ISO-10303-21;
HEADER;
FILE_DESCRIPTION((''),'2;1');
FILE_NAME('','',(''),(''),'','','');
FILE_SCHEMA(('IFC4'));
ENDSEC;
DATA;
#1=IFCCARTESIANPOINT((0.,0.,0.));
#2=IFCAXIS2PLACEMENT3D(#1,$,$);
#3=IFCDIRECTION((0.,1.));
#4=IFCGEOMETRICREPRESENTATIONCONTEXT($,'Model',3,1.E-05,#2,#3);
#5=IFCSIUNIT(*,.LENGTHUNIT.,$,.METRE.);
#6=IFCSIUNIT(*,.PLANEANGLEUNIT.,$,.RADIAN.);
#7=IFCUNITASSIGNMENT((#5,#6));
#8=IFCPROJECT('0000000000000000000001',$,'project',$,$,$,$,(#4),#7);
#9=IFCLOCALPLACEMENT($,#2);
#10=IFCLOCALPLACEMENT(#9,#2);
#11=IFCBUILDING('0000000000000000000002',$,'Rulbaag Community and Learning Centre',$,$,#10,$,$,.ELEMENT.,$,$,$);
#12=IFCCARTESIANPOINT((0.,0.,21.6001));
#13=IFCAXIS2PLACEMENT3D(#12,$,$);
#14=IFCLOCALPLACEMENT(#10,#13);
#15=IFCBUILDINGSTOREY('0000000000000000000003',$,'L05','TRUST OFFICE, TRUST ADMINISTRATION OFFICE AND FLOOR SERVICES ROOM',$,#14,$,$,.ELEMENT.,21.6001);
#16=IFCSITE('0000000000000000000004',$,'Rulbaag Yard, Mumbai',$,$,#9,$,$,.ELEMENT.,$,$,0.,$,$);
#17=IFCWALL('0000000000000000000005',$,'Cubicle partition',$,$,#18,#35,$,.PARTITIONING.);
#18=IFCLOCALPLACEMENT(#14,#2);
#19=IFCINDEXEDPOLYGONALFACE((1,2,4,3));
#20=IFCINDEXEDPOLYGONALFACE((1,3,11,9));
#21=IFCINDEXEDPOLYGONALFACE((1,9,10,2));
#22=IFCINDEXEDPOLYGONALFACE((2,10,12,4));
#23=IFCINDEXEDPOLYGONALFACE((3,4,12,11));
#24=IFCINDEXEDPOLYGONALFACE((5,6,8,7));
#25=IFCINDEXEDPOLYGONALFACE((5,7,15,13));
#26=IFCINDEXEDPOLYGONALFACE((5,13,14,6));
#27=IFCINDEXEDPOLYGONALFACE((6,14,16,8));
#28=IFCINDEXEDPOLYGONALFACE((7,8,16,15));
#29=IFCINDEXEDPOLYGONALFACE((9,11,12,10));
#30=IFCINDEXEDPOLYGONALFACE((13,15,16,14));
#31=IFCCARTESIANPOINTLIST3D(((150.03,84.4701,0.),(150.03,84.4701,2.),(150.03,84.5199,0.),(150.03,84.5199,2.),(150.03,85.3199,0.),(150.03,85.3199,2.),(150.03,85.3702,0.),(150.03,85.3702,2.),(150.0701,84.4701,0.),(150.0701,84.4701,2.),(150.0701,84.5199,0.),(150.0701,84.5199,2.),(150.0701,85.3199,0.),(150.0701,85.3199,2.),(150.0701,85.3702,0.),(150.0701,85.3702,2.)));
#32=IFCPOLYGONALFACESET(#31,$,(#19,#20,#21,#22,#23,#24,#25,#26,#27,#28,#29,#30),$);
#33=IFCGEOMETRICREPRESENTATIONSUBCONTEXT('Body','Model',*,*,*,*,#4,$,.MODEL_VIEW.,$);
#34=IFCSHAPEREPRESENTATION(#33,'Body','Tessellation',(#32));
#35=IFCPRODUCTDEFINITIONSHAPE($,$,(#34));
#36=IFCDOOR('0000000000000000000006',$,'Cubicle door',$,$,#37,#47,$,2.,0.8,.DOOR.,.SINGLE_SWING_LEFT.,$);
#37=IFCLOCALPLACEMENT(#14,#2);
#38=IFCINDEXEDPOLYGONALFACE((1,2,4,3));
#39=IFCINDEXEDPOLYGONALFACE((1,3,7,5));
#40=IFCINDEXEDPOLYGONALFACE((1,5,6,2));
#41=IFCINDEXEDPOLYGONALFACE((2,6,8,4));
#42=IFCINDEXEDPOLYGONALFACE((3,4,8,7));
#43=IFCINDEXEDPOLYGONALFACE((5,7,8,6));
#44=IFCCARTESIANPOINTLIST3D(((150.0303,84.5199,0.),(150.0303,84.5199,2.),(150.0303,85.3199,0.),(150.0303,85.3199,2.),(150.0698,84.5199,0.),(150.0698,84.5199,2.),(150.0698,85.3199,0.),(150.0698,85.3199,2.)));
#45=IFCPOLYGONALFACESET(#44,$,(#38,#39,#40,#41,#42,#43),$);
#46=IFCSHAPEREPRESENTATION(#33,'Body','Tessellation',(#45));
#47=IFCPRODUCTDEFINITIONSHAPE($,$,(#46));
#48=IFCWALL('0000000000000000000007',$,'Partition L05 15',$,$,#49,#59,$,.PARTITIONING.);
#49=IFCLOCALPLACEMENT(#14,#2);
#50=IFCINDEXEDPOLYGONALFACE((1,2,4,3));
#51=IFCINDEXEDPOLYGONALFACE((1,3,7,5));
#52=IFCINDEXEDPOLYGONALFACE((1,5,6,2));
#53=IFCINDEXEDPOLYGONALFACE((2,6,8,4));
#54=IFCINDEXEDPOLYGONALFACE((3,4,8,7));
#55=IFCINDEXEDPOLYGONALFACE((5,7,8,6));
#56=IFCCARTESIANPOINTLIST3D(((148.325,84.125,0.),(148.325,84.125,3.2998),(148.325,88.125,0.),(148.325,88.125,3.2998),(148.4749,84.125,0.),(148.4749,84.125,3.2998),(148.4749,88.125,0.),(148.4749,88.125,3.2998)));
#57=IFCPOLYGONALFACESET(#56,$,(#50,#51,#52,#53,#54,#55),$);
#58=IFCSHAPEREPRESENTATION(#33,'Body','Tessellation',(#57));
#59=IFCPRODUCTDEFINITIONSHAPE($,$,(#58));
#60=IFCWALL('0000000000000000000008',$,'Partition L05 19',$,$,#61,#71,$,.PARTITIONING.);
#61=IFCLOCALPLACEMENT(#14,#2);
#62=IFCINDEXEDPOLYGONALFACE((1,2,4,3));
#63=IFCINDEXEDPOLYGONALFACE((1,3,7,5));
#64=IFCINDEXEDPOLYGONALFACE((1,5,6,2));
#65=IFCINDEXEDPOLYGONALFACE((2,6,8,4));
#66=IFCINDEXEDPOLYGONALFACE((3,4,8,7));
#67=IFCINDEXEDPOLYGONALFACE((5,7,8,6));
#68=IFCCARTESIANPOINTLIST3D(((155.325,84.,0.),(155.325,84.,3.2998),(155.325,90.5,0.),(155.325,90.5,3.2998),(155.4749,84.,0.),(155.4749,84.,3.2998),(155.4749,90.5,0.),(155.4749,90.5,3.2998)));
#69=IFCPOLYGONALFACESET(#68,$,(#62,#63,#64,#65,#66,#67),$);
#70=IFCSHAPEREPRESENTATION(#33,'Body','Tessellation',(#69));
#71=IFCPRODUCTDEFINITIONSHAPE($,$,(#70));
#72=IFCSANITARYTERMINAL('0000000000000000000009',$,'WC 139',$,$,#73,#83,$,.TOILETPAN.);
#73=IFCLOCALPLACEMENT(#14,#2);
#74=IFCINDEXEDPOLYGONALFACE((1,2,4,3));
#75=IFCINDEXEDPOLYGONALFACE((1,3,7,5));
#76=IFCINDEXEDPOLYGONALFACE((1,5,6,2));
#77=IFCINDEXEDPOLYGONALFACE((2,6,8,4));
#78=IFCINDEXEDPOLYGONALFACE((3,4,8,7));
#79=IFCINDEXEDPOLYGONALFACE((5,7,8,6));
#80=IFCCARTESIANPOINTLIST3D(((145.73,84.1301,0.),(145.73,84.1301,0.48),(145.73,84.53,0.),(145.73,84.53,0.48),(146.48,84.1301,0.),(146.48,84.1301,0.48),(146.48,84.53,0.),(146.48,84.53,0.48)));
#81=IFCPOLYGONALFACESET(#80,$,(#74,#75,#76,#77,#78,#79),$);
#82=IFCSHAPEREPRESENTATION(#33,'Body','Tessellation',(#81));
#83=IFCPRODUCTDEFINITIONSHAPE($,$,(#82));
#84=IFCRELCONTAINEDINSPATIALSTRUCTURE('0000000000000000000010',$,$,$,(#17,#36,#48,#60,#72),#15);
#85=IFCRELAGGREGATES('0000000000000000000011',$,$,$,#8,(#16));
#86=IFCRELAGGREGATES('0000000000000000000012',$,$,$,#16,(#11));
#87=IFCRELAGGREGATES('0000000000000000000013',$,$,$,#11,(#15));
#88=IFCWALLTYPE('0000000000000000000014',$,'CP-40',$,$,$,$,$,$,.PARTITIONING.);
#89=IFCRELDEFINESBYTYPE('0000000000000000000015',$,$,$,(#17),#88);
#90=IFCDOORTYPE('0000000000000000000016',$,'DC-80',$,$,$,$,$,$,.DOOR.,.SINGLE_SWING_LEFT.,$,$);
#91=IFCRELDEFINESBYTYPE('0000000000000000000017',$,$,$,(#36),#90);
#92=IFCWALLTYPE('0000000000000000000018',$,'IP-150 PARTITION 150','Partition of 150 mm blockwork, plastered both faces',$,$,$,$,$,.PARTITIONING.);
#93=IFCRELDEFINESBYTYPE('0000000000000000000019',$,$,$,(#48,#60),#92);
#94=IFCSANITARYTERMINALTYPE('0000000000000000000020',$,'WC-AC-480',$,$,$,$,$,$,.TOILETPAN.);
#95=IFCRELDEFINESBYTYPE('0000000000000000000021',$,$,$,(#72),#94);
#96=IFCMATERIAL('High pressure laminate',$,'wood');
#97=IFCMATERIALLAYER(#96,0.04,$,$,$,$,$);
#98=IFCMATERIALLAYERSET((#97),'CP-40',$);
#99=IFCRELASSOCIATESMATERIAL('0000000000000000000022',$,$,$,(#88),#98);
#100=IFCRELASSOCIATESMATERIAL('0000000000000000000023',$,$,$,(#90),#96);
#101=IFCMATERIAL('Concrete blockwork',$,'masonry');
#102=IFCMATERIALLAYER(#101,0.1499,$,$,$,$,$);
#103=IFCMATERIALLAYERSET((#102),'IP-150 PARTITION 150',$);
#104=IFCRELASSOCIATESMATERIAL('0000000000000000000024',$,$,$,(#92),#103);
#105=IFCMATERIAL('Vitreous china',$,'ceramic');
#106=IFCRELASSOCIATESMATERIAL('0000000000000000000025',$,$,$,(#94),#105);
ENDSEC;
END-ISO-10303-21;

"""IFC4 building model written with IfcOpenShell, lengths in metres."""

from ifc_helpers import new_model, si_unit, direction, frame, frame_2d, origin, origin_2d, place, context, subcontext, project, spatial, rectangle, extrude, material, layer, layer_set, type_object, element, fill, save


model = new_model("IFC4")

# Units and contexts
model_context = context("Model", 3, precision=1e-05, world=origin(), true_north=direction((0.0, 1.0)))
body_context = subcontext(model_context, "Body", "Model", "MODEL_VIEW")
ifc_project = project(units=[si_unit("LENGTHUNIT", "METRE"), si_unit("PLANEANGLEUNIT", "RADIAN")], contexts=[model_context])

# Site, building, storey
site_placement = place(None, origin())
site = spatial("IfcSite", under=ifc_project, at=site_placement, Name="Rulbaag Yard, Mumbai", CompositionType="ELEMENT", RefElevation=0.0)
building_placement = place(site_placement, origin())
building = spatial("IfcBuilding", under=site, at=building_placement, Name="Rulbaag Community and Learning Centre", CompositionType="ELEMENT")
storey_placement = place(building_placement, frame((0.0, 0.0, 21.6001)))
storey = spatial("IfcBuildingStorey", under=building, at=storey_placement, Name="L05", Description="TRUST OFFICE, TRUST ADMINISTRATION OFFICE AND FLOOR SERVICES ROOM", CompositionType="ELEMENT", Elevation=21.6001)

# Shared definitions
ifc_material_1 = material(Name="High pressure laminate", Category="wood")
ifc_layer_1 = layer(ifc_material_1, 0.04)
ifc_layer_set_1 = layer_set([ifc_layer_1], Name="CP-40")
wall_type_1 = type_object("IfcWallType", Name="CP-40", PredefinedType="PARTITIONING", material=ifc_layer_set_1)

# Wall, opening, door
wall_1_placement = place(storey_placement, frame((150.05, 84.47, 0.0), z_axis=(0.0, 0.0, 1.0), x_axis=(0.0, 1.0, 0.0)))
wall_1 = element("IfcWall", 1, at=wall_1_placement, inside=storey, type_object=wall_type_1, Name="Cubicle partition", PredefinedType="PARTITIONING", context=body_context, shape_type="SweptSolid", body=[
    extrude(rectangle(XDim=0.9001, YDim=0.04, at=frame_2d((0.4502, 0.0))), origin(), (0.0, 0.0, 1.0), 2.0),
])
opening_placement = place(wall_1_placement, frame((0.05, 0.0, 0.0)))
opening = element("IfcOpeningElement", 2, at=opening_placement, cuts=wall_1, PredefinedType="OPENING", context=body_context, shape_type="SweptSolid", body=[
    extrude(rectangle(XDim=0.8, YDim=2.0, at=frame_2d((0.3999, 1.0))), frame((0.0, 0.03, 0.0), z_axis=(0.0, -1.0, 0.0), x_axis=(1.0, 0.0, 0.0)), (0.0, 0.0, 1.0), 0.0601),
])
door_type = type_object("IfcDoorType", Name="DC-80", OperationType="SINGLE_SWING_LEFT", PredefinedType="DOOR", material=ifc_material_1)
door_placement = place(opening_placement, origin())
door = element("IfcDoor", 3, at=door_placement, inside=storey, type_object=door_type, Name="Cubicle door", OperationType="SINGLE_SWING_LEFT", OverallHeight=2.0, OverallWidth=0.8, PredefinedType="DOOR", context=body_context, shape_type="SweptSolid", body=[
    extrude(rectangle(XDim=0.8, YDim=2.0, at=frame_2d((0.3999, 1.0))), frame((0.0, 0.0198, 0.0), z_axis=(0.0, -1.0, 0.0), x_axis=(1.0, 0.0, 0.0)), (0.0, 0.0, 1.0), 0.0396),
])
fill(opening, door)

# Walls
ifc_material_2 = material(Name="Concrete blockwork", Category="masonry")
ifc_layer_2 = layer(ifc_material_2, 0.1499)
ifc_layer_set_2 = layer_set([ifc_layer_2], Name="IP-150 PARTITION 150")
wall_type_2 = type_object("IfcWallType", Name="IP-150 PARTITION 150", Description="Partition of 150 mm blockwork, plastered both faces", PredefinedType="PARTITIONING", material=ifc_layer_set_2)
wall_2_placement = place(storey_placement, frame((148.3999, 84.125, 0.0), z_axis=(0.0, 0.0, 1.0), x_axis=(0.0, 1.0, 0.0)))
element("IfcWall", 4, at=wall_2_placement, inside=storey, type_object=wall_type_2, Name="Partition L05 15", PredefinedType="PARTITIONING", context=body_context, shape_type="SweptSolid", body=[
    extrude(rectangle(XDim=4.0, YDim=0.1499, at=frame_2d((2.0, 0.0))), origin(), (0.0, 0.0, 1.0), 3.2998),
])
wall_3_placement = place(storey_placement, frame((155.3999, 84.0, 0.0), z_axis=(0.0, 0.0, 1.0), x_axis=(0.0, 1.0, 0.0)))
element("IfcWall", 5, at=wall_3_placement, inside=storey, type_object=wall_type_2, Name="Partition L05 19", PredefinedType="PARTITIONING", context=body_context, shape_type="SweptSolid", body=[
    extrude(rectangle(XDim=6.5, YDim=0.1499, at=frame_2d((3.25, 0.0))), origin(), (0.0, 0.0, 1.0), 3.2998),
])

# Sanitary terminal
ifc_material_3 = material(Name="Vitreous china", Category="ceramic")
sanitary_terminal_type = type_object("IfcSanitaryTerminalType", Name="WC-AC-480", PredefinedType="TOILETPAN", material=ifc_material_3)
sanitary_terminal_placement = place(storey_placement, frame((146.105, 84.3301, 0.0), z_axis=(0.0, 0.0, 1.0), x_axis=(1.0, 0.0, 0.0)))
element("IfcSanitaryTerminal", 6, at=sanitary_terminal_placement, inside=storey, type_object=sanitary_terminal_type, Name="WC 139", PredefinedType="TOILETPAN", context=body_context, shape_type="SweptSolid", body=[
    extrude(rectangle(XDim=0.75, YDim=0.3999, at=origin_2d()), origin(), (0.0, 0.0, 1.0), 0.48),
])

save(model, "model.ifc")
